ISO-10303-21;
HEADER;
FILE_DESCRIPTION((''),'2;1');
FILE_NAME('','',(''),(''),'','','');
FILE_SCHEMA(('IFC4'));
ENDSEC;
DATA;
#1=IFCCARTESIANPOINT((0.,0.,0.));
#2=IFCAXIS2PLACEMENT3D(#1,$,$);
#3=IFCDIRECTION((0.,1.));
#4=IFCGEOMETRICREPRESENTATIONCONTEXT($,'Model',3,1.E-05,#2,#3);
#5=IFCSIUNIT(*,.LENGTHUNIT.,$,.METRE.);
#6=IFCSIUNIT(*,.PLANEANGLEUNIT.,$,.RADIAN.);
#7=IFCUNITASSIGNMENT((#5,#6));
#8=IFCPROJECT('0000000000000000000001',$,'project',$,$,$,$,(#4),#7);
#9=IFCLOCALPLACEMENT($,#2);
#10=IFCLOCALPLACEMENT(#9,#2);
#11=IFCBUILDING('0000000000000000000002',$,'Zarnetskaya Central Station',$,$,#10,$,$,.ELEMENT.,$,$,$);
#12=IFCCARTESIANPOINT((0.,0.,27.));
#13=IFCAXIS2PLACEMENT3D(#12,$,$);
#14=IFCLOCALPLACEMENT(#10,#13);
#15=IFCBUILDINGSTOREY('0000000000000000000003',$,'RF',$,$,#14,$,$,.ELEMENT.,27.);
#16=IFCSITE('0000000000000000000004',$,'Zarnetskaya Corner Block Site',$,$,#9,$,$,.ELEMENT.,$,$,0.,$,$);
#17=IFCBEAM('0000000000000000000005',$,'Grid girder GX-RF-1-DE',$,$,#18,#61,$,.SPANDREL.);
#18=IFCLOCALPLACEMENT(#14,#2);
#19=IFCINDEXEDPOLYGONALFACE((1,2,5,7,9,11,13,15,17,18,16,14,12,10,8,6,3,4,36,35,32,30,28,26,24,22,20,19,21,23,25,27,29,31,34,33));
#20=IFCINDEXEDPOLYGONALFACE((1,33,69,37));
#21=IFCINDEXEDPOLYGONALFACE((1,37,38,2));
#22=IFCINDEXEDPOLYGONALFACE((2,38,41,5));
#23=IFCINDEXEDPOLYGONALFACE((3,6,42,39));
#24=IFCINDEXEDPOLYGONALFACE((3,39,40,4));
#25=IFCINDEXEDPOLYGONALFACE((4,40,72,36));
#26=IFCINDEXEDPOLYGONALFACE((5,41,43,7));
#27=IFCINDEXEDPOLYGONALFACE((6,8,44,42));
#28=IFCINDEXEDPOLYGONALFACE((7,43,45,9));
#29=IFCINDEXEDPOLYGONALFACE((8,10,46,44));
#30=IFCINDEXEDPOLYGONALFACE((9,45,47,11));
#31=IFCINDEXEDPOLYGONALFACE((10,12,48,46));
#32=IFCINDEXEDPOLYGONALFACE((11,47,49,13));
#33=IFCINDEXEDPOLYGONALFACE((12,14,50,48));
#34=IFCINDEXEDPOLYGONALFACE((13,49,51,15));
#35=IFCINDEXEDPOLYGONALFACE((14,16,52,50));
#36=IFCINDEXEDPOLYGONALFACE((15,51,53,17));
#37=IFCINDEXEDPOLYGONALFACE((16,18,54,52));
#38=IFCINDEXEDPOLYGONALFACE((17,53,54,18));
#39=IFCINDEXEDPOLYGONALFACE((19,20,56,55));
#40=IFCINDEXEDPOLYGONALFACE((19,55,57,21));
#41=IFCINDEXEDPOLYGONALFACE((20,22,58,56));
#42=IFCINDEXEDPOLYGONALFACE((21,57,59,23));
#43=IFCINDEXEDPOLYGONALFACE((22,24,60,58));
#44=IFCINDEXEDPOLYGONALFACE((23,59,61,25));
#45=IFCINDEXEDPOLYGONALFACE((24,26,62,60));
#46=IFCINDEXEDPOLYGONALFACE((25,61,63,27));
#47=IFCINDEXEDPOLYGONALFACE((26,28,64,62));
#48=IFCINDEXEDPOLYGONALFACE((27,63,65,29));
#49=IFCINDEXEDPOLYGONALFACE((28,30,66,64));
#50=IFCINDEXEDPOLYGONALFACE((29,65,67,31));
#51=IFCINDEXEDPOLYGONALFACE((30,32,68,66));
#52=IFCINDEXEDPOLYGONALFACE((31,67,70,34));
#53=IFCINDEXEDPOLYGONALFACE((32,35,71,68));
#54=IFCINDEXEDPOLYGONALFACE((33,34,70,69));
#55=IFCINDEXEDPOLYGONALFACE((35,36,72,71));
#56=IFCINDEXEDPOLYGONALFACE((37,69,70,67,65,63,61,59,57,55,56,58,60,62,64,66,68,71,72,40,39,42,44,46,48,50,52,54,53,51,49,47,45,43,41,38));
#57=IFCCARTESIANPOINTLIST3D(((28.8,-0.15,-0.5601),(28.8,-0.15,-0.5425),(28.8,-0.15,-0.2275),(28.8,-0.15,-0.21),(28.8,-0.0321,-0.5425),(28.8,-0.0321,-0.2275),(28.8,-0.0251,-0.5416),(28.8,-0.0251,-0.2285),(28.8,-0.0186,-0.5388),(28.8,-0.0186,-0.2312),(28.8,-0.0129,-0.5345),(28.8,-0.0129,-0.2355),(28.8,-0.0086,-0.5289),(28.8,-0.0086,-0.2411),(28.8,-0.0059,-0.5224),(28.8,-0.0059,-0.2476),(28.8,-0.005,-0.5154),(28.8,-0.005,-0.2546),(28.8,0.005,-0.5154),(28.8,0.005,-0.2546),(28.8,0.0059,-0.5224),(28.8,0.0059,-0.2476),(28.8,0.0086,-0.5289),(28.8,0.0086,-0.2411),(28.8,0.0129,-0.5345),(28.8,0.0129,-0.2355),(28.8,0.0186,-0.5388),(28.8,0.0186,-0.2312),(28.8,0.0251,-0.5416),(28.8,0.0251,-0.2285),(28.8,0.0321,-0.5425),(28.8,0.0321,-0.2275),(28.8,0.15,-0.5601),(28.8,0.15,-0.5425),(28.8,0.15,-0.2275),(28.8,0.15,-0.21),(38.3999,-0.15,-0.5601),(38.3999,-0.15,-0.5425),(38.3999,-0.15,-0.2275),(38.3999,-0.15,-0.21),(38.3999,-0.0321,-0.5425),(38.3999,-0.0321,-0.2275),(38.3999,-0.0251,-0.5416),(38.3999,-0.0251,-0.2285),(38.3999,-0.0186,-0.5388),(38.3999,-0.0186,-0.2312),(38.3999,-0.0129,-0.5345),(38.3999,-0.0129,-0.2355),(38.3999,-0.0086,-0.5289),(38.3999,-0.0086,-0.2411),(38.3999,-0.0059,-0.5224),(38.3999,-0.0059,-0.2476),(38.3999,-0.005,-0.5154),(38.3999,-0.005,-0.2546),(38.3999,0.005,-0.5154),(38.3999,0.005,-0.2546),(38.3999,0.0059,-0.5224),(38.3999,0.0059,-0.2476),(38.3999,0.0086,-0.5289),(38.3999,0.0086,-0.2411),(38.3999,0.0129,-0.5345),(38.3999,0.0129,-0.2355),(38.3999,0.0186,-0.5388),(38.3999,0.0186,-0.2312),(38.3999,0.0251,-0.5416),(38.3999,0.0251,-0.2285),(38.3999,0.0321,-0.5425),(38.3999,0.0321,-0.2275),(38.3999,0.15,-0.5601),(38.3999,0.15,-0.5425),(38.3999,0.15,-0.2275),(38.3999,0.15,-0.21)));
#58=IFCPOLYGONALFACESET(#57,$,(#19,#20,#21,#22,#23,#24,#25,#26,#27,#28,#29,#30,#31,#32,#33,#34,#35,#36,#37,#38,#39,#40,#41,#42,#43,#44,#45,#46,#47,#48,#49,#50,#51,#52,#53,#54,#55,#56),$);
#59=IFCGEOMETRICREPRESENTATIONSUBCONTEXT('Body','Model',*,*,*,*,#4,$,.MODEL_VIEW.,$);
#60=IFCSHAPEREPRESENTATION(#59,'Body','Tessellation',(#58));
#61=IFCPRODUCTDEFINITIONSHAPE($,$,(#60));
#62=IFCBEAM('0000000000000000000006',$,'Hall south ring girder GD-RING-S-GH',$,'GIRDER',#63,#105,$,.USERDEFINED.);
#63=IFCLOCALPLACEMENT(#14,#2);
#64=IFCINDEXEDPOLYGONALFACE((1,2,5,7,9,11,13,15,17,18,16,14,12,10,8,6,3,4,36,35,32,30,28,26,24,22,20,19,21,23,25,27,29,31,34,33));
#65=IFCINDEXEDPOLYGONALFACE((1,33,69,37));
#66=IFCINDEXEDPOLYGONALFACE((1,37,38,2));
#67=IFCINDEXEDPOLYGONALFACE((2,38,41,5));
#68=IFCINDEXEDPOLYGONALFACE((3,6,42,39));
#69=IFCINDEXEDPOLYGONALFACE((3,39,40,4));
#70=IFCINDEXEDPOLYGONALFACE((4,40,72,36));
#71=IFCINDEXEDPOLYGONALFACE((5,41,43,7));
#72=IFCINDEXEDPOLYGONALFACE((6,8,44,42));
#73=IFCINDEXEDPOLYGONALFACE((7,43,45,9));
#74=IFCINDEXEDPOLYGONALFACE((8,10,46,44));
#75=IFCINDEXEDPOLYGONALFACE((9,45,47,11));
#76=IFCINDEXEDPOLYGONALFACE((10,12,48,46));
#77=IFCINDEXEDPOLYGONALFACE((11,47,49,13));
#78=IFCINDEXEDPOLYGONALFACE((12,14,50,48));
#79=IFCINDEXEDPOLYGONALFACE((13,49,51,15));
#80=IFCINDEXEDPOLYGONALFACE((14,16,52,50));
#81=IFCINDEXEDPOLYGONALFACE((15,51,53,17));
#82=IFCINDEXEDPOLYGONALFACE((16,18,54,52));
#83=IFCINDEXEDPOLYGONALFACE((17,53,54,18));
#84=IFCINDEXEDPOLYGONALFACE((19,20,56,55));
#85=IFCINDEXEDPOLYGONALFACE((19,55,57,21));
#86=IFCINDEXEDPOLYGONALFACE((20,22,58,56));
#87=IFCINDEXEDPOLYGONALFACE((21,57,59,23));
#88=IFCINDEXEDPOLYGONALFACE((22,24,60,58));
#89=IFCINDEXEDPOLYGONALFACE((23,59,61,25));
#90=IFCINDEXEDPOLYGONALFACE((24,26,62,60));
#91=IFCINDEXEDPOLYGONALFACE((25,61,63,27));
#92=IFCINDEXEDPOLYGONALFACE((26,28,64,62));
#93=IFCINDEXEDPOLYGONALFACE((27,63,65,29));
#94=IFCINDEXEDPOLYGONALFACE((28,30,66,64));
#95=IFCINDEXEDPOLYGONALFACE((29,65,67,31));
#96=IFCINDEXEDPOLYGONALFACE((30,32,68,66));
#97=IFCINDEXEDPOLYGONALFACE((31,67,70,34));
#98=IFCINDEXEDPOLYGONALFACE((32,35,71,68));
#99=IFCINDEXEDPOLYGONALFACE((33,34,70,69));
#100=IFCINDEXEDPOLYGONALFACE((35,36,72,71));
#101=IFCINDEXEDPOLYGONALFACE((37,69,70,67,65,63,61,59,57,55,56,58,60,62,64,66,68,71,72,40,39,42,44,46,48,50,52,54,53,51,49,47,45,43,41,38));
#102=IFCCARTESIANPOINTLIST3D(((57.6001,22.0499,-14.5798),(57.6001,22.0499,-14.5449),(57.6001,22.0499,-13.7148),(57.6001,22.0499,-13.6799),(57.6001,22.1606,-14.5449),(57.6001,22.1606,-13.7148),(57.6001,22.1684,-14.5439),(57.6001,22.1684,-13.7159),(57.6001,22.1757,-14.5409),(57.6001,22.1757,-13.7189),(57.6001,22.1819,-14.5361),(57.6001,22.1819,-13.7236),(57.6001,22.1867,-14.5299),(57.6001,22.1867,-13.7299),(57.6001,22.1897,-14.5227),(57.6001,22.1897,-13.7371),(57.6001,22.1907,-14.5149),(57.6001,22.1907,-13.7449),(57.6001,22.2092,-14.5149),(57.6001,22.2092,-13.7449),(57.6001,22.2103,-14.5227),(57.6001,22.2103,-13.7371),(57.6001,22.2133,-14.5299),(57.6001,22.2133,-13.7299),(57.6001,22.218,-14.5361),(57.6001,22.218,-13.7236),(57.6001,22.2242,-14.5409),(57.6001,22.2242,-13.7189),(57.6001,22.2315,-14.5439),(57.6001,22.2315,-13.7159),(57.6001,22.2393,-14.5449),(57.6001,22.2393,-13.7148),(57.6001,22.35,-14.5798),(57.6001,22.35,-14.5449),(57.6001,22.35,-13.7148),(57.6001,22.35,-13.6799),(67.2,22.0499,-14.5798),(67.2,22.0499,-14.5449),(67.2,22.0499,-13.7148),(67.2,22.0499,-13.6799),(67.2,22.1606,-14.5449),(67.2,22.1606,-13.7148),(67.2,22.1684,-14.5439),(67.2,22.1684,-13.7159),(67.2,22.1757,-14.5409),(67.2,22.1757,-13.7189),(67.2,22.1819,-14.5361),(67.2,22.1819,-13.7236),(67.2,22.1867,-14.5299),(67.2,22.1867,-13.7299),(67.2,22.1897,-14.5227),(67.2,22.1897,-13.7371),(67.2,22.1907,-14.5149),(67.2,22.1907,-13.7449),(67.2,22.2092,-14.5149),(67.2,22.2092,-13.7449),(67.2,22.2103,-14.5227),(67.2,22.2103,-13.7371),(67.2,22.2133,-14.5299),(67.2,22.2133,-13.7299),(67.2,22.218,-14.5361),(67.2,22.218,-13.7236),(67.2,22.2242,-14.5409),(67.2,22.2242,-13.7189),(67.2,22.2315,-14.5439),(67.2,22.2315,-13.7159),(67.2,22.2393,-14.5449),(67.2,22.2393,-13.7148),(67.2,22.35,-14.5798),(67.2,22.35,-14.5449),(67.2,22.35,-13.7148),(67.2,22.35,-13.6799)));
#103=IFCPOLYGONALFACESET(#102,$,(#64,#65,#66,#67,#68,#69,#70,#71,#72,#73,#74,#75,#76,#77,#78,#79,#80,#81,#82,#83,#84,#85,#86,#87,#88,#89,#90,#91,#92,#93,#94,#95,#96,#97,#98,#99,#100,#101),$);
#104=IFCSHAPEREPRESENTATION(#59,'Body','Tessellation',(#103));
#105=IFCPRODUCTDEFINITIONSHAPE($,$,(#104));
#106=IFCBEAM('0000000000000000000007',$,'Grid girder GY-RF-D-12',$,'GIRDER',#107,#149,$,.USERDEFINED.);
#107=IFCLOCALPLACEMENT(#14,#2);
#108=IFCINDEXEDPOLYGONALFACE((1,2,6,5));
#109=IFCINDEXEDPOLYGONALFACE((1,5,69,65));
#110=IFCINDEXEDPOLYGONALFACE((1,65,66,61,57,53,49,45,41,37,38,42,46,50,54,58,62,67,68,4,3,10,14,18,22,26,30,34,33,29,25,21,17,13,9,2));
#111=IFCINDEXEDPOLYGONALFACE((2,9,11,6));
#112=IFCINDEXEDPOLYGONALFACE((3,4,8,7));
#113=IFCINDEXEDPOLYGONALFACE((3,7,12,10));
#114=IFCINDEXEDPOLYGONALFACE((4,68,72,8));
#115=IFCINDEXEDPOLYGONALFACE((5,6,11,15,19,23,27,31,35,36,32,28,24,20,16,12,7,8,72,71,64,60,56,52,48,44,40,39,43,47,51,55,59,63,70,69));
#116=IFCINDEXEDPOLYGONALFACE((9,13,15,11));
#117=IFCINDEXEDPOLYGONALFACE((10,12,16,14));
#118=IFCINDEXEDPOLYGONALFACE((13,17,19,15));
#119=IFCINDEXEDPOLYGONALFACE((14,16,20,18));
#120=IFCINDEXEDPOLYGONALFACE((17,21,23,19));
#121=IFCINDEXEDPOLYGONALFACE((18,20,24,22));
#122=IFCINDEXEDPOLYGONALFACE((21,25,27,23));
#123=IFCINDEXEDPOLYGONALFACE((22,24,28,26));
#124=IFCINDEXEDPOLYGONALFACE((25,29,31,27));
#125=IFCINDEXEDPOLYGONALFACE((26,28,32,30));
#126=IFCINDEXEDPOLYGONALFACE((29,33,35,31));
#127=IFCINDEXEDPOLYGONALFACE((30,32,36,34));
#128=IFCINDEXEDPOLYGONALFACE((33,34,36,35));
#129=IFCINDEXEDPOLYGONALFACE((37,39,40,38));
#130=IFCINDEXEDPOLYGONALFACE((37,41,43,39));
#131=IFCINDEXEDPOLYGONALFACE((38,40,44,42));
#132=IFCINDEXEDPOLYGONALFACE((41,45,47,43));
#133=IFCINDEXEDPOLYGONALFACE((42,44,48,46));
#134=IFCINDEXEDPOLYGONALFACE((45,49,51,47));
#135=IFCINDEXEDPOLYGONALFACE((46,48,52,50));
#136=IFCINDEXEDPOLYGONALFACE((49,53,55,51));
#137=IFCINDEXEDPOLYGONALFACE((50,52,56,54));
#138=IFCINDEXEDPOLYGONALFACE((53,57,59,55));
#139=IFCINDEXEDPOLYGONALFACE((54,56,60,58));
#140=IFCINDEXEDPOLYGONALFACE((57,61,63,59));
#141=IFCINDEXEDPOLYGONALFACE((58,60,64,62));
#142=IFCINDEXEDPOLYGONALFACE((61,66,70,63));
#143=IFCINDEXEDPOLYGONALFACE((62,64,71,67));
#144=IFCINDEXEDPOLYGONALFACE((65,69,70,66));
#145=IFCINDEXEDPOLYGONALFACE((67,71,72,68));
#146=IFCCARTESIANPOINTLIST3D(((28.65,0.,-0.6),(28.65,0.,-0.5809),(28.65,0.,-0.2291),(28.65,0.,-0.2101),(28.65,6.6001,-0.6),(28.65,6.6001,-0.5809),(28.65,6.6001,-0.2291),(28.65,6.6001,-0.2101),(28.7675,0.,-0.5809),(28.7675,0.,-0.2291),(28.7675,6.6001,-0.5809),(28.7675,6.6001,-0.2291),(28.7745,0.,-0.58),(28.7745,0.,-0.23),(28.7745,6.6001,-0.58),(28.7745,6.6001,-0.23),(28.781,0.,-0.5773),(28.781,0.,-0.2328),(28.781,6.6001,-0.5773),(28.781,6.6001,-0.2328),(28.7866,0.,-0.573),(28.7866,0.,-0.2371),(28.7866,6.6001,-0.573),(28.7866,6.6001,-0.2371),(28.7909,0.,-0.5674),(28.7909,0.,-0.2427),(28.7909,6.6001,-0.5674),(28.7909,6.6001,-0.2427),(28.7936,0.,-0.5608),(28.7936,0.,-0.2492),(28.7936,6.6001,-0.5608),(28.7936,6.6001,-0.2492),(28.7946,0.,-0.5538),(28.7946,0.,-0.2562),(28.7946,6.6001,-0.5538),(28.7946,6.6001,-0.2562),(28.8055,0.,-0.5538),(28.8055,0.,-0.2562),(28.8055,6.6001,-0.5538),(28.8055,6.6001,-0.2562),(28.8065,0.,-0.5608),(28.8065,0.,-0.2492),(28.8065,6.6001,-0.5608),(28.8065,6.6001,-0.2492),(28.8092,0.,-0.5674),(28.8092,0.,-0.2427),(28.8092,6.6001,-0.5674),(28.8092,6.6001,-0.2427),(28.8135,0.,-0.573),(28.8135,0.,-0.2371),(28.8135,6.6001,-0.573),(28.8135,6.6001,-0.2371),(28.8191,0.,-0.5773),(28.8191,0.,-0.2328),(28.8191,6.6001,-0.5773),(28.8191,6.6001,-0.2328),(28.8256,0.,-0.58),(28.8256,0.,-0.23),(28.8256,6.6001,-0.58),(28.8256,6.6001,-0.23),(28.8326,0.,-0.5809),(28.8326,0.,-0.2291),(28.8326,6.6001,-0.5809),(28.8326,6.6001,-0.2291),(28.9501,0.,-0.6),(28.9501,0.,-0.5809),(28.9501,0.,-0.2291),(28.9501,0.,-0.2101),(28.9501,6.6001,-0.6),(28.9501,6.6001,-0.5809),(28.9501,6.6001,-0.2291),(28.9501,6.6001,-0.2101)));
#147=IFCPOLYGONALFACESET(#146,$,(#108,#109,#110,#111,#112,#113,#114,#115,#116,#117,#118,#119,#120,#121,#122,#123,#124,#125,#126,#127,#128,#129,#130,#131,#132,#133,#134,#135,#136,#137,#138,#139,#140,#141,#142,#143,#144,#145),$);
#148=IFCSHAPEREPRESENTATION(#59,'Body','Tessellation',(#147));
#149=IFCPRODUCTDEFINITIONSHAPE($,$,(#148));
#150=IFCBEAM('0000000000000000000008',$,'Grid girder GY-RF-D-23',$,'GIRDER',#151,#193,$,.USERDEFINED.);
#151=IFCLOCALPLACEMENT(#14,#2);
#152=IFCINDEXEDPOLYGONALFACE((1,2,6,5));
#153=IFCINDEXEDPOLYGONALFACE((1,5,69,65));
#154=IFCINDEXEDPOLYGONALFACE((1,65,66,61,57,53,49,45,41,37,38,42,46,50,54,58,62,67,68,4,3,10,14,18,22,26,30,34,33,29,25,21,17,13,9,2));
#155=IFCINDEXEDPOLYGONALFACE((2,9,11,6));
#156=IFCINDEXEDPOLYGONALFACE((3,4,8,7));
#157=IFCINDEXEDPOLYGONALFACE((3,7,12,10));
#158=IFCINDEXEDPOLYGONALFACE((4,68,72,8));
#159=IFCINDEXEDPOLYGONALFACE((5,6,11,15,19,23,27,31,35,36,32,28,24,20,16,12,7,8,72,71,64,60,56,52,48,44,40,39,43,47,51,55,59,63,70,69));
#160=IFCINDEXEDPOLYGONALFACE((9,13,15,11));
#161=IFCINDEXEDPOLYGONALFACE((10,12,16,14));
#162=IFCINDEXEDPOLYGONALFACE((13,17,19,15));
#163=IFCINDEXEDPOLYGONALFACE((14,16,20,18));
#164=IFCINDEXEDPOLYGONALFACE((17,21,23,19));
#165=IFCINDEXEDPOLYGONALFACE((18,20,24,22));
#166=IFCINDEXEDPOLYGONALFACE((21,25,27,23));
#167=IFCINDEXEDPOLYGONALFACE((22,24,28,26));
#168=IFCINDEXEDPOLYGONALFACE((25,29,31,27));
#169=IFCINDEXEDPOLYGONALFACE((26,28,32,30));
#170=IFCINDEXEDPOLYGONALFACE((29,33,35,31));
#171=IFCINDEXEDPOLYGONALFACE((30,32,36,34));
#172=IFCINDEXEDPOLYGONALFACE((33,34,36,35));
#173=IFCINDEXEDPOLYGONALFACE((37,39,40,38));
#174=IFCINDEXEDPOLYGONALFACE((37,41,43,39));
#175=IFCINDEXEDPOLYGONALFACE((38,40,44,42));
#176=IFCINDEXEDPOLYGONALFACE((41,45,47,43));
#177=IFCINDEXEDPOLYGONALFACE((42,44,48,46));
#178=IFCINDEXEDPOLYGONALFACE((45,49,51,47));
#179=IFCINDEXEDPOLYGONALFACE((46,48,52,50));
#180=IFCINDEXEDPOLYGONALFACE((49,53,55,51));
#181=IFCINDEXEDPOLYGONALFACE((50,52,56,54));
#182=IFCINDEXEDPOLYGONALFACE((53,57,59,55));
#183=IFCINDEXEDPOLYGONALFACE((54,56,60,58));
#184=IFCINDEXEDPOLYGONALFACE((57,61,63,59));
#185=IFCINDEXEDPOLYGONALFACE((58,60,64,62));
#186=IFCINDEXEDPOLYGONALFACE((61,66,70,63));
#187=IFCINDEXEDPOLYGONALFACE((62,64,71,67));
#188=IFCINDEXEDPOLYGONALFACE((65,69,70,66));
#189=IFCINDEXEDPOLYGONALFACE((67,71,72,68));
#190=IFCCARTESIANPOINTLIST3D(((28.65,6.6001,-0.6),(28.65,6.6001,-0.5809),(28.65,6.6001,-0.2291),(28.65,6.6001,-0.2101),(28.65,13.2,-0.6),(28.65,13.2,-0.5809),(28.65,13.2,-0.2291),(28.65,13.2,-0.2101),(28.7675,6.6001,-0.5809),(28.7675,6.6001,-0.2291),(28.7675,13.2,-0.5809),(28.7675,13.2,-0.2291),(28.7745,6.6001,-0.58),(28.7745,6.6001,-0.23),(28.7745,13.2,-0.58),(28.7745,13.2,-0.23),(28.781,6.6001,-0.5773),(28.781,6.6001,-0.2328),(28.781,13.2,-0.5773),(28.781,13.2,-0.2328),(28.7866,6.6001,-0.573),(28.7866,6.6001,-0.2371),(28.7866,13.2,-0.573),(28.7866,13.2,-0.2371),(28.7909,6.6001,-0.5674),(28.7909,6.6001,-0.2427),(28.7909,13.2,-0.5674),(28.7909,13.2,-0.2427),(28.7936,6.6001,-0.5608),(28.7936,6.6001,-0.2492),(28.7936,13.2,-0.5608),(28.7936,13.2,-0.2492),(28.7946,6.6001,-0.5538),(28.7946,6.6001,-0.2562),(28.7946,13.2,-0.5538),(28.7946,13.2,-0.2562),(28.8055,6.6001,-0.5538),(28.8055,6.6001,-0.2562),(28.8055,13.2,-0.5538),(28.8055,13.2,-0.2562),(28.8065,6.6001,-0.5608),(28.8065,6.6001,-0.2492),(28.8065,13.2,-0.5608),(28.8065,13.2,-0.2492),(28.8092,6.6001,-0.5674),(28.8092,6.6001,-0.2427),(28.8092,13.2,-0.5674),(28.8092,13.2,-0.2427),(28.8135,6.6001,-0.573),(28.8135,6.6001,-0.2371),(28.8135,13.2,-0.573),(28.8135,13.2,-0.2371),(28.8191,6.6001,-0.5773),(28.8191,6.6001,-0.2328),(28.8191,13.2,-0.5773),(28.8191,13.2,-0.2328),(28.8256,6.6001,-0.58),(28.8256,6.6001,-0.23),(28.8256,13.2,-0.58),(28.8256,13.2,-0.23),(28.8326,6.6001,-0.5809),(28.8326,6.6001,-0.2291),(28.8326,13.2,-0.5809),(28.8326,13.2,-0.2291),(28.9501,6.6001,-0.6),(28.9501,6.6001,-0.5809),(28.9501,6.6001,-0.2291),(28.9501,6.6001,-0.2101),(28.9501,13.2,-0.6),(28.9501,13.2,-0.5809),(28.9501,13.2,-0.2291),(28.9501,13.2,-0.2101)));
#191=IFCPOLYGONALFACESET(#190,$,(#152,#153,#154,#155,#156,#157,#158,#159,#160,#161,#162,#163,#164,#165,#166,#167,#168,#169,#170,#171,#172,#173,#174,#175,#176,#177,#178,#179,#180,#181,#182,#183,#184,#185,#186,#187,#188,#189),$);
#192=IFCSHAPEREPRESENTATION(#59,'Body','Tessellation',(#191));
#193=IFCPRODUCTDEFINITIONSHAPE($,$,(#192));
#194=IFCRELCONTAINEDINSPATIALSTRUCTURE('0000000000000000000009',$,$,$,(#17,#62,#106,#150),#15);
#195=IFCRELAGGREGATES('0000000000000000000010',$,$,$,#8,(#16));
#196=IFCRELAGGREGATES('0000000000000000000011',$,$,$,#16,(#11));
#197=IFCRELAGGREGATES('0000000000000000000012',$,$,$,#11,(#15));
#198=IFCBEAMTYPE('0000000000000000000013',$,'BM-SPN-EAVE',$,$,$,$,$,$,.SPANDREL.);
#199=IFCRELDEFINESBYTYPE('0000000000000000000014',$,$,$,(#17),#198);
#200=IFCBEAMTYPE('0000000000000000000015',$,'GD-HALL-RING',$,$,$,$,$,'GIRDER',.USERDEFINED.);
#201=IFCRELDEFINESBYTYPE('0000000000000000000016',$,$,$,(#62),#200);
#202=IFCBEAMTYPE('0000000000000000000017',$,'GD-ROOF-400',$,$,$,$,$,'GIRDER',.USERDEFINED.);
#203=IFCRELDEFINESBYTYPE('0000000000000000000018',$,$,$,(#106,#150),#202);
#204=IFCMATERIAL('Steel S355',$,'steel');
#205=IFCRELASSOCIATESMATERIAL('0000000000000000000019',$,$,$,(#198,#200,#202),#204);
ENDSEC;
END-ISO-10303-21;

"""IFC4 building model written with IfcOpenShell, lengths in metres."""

from ifc_helpers import new_model, si_unit, direction, frame, origin, origin_2d, place, context, subcontext, project, spatial, i_section, extrude, material, material_profile, profile_set, type_object, element, save


model = new_model("IFC4")

# Units and contexts
model_context = context("Model", 3, precision=1e-05, world=origin(), true_north=direction((0.0, 1.0)))
body_context = subcontext(model_context, "Body", "Model", "MODEL_VIEW")
ifc_project = project(units=[si_unit("LENGTHUNIT", "METRE"), si_unit("PLANEANGLEUNIT", "RADIAN")], contexts=[model_context])

# Site, building, storey
site_placement = place(None, origin())
site = spatial("IfcSite", under=ifc_project, at=site_placement, Name="Zarnetskaya Corner Block Site", CompositionType="ELEMENT", RefElevation=0.0)
building_placement = place(site_placement, origin())
building = spatial("IfcBuilding", under=site, at=building_placement, Name="Zarnetskaya Central Station", CompositionType="ELEMENT")
storey_placement = place(building_placement, frame((0.0, 0.0, 27.0)))
storey = spatial("IfcBuildingStorey", under=building, at=storey_placement, Name="RF", CompositionType="ELEMENT", Elevation=27.0)

# Beams
ifc_material_1 = material(Name="Steel S355", Category="steel")
ifc_material_profile_1 = material_profile(ifc_material_1, i_section(OverallWidth=0.3, OverallDepth=0.3501, WebThickness=0.01, FlangeThickness=0.0176, FilletRadius=0.0271, at=origin_2d()), Name="HEA 360")
ifc_profile_set_1 = profile_set([ifc_material_profile_1], Name="Steel S355")
beam_type_1 = type_object("IfcBeamType", Name="BM-SPN-EAVE", PredefinedType="SPANDREL", material=ifc_profile_set_1)
beam_1_placement = place(storey_placement, frame((28.8, 0.0, -0.385), z_axis=(1.0, 0.0, 0.0), x_axis=(0.0, 1.0, 0.0)))
element("IfcBeam", 1, at=beam_1_placement, inside=storey, type_object=beam_type_1, Name="Grid girder GX-RF-1-DE", PredefinedType="SPANDREL", context=body_context, shape_type="SweptSolid", body=[
    extrude(i_section(OverallWidth=0.3, OverallDepth=0.3501, WebThickness=0.01, FlangeThickness=0.0176, FilletRadius=0.0271, at=origin_2d()), origin(), (0.0, 0.0, 1.0), 9.5999),
])
ifc_material_profile_2 = material_profile(ifc_material_1, i_section(OverallWidth=0.3, OverallDepth=0.8999, WebThickness=0.0186, FlangeThickness=0.0349, FilletRadius=0.03, at=origin_2d()), Name="HEB 900")
ifc_profile_set_2 = profile_set([ifc_material_profile_2], Name="Steel S355")
beam_type_2 = type_object("IfcBeamType", Name="GD-HALL-RING", ElementType="GIRDER", PredefinedType="USERDEFINED", material=ifc_profile_set_2)
beam_2_placement = place(storey_placement, frame((57.6001, 22.2, -14.1299), z_axis=(1.0, 0.0, 0.0), x_axis=(0.0, 1.0, 0.0)))
element("IfcBeam", 2, at=beam_2_placement, inside=storey, type_object=beam_type_2, Name="Hall south ring girder GD-RING-S-GH", ObjectType="GIRDER", PredefinedType="USERDEFINED", context=body_context, shape_type="SweptSolid", body=[
    extrude(i_section(OverallWidth=0.3, OverallDepth=0.8999, WebThickness=0.0186, FlangeThickness=0.0349, FilletRadius=0.03, at=origin_2d()), origin(), (0.0, 0.0, 1.0), 9.5999),
])
ifc_material_profile_3 = material_profile(ifc_material_1, i_section(OverallWidth=0.3, OverallDepth=0.3899, WebThickness=0.011, FlangeThickness=0.019, FilletRadius=0.0271, at=origin_2d()), Name="HEA 400")
ifc_profile_set_3 = profile_set([ifc_material_profile_3], Name="Steel S355")
beam_type_3 = type_object("IfcBeamType", Name="GD-ROOF-400", ElementType="GIRDER", PredefinedType="USERDEFINED", material=ifc_profile_set_3)
beam_3_placement = place(storey_placement, frame((28.8, 0.0, -0.405), z_axis=(0.0, 1.0, 0.0), x_axis=(-1.0, 0.0, 0.0)))
element("IfcBeam", 3, at=beam_3_placement, inside=storey, type_object=beam_type_3, Name="Grid girder GY-RF-D-12", ObjectType="GIRDER", PredefinedType="USERDEFINED", context=body_context, shape_type="SweptSolid", body=[
    extrude(i_section(OverallWidth=0.3, OverallDepth=0.3899, WebThickness=0.011, FlangeThickness=0.019, FilletRadius=0.0271, at=origin_2d()), origin(), (0.0, 0.0, 1.0), 6.6001),
])
beam_4_placement = place(storey_placement, frame((28.8, 6.6001, -0.405), z_axis=(0.0, 1.0, 0.0), x_axis=(-1.0, 0.0, 0.0)))
element("IfcBeam", 4, at=beam_4_placement, inside=storey, type_object=beam_type_3, Name="Grid girder GY-RF-D-23", ObjectType="GIRDER", PredefinedType="USERDEFINED", context=body_context, shape_type="SweptSolid", body=[
    extrude(i_section(OverallWidth=0.3, OverallDepth=0.3899, WebThickness=0.011, FlangeThickness=0.019, FilletRadius=0.0271, at=origin_2d()), origin(), (0.0, 0.0, 1.0), 6.5999),
])

save(model, "model.ifc")
